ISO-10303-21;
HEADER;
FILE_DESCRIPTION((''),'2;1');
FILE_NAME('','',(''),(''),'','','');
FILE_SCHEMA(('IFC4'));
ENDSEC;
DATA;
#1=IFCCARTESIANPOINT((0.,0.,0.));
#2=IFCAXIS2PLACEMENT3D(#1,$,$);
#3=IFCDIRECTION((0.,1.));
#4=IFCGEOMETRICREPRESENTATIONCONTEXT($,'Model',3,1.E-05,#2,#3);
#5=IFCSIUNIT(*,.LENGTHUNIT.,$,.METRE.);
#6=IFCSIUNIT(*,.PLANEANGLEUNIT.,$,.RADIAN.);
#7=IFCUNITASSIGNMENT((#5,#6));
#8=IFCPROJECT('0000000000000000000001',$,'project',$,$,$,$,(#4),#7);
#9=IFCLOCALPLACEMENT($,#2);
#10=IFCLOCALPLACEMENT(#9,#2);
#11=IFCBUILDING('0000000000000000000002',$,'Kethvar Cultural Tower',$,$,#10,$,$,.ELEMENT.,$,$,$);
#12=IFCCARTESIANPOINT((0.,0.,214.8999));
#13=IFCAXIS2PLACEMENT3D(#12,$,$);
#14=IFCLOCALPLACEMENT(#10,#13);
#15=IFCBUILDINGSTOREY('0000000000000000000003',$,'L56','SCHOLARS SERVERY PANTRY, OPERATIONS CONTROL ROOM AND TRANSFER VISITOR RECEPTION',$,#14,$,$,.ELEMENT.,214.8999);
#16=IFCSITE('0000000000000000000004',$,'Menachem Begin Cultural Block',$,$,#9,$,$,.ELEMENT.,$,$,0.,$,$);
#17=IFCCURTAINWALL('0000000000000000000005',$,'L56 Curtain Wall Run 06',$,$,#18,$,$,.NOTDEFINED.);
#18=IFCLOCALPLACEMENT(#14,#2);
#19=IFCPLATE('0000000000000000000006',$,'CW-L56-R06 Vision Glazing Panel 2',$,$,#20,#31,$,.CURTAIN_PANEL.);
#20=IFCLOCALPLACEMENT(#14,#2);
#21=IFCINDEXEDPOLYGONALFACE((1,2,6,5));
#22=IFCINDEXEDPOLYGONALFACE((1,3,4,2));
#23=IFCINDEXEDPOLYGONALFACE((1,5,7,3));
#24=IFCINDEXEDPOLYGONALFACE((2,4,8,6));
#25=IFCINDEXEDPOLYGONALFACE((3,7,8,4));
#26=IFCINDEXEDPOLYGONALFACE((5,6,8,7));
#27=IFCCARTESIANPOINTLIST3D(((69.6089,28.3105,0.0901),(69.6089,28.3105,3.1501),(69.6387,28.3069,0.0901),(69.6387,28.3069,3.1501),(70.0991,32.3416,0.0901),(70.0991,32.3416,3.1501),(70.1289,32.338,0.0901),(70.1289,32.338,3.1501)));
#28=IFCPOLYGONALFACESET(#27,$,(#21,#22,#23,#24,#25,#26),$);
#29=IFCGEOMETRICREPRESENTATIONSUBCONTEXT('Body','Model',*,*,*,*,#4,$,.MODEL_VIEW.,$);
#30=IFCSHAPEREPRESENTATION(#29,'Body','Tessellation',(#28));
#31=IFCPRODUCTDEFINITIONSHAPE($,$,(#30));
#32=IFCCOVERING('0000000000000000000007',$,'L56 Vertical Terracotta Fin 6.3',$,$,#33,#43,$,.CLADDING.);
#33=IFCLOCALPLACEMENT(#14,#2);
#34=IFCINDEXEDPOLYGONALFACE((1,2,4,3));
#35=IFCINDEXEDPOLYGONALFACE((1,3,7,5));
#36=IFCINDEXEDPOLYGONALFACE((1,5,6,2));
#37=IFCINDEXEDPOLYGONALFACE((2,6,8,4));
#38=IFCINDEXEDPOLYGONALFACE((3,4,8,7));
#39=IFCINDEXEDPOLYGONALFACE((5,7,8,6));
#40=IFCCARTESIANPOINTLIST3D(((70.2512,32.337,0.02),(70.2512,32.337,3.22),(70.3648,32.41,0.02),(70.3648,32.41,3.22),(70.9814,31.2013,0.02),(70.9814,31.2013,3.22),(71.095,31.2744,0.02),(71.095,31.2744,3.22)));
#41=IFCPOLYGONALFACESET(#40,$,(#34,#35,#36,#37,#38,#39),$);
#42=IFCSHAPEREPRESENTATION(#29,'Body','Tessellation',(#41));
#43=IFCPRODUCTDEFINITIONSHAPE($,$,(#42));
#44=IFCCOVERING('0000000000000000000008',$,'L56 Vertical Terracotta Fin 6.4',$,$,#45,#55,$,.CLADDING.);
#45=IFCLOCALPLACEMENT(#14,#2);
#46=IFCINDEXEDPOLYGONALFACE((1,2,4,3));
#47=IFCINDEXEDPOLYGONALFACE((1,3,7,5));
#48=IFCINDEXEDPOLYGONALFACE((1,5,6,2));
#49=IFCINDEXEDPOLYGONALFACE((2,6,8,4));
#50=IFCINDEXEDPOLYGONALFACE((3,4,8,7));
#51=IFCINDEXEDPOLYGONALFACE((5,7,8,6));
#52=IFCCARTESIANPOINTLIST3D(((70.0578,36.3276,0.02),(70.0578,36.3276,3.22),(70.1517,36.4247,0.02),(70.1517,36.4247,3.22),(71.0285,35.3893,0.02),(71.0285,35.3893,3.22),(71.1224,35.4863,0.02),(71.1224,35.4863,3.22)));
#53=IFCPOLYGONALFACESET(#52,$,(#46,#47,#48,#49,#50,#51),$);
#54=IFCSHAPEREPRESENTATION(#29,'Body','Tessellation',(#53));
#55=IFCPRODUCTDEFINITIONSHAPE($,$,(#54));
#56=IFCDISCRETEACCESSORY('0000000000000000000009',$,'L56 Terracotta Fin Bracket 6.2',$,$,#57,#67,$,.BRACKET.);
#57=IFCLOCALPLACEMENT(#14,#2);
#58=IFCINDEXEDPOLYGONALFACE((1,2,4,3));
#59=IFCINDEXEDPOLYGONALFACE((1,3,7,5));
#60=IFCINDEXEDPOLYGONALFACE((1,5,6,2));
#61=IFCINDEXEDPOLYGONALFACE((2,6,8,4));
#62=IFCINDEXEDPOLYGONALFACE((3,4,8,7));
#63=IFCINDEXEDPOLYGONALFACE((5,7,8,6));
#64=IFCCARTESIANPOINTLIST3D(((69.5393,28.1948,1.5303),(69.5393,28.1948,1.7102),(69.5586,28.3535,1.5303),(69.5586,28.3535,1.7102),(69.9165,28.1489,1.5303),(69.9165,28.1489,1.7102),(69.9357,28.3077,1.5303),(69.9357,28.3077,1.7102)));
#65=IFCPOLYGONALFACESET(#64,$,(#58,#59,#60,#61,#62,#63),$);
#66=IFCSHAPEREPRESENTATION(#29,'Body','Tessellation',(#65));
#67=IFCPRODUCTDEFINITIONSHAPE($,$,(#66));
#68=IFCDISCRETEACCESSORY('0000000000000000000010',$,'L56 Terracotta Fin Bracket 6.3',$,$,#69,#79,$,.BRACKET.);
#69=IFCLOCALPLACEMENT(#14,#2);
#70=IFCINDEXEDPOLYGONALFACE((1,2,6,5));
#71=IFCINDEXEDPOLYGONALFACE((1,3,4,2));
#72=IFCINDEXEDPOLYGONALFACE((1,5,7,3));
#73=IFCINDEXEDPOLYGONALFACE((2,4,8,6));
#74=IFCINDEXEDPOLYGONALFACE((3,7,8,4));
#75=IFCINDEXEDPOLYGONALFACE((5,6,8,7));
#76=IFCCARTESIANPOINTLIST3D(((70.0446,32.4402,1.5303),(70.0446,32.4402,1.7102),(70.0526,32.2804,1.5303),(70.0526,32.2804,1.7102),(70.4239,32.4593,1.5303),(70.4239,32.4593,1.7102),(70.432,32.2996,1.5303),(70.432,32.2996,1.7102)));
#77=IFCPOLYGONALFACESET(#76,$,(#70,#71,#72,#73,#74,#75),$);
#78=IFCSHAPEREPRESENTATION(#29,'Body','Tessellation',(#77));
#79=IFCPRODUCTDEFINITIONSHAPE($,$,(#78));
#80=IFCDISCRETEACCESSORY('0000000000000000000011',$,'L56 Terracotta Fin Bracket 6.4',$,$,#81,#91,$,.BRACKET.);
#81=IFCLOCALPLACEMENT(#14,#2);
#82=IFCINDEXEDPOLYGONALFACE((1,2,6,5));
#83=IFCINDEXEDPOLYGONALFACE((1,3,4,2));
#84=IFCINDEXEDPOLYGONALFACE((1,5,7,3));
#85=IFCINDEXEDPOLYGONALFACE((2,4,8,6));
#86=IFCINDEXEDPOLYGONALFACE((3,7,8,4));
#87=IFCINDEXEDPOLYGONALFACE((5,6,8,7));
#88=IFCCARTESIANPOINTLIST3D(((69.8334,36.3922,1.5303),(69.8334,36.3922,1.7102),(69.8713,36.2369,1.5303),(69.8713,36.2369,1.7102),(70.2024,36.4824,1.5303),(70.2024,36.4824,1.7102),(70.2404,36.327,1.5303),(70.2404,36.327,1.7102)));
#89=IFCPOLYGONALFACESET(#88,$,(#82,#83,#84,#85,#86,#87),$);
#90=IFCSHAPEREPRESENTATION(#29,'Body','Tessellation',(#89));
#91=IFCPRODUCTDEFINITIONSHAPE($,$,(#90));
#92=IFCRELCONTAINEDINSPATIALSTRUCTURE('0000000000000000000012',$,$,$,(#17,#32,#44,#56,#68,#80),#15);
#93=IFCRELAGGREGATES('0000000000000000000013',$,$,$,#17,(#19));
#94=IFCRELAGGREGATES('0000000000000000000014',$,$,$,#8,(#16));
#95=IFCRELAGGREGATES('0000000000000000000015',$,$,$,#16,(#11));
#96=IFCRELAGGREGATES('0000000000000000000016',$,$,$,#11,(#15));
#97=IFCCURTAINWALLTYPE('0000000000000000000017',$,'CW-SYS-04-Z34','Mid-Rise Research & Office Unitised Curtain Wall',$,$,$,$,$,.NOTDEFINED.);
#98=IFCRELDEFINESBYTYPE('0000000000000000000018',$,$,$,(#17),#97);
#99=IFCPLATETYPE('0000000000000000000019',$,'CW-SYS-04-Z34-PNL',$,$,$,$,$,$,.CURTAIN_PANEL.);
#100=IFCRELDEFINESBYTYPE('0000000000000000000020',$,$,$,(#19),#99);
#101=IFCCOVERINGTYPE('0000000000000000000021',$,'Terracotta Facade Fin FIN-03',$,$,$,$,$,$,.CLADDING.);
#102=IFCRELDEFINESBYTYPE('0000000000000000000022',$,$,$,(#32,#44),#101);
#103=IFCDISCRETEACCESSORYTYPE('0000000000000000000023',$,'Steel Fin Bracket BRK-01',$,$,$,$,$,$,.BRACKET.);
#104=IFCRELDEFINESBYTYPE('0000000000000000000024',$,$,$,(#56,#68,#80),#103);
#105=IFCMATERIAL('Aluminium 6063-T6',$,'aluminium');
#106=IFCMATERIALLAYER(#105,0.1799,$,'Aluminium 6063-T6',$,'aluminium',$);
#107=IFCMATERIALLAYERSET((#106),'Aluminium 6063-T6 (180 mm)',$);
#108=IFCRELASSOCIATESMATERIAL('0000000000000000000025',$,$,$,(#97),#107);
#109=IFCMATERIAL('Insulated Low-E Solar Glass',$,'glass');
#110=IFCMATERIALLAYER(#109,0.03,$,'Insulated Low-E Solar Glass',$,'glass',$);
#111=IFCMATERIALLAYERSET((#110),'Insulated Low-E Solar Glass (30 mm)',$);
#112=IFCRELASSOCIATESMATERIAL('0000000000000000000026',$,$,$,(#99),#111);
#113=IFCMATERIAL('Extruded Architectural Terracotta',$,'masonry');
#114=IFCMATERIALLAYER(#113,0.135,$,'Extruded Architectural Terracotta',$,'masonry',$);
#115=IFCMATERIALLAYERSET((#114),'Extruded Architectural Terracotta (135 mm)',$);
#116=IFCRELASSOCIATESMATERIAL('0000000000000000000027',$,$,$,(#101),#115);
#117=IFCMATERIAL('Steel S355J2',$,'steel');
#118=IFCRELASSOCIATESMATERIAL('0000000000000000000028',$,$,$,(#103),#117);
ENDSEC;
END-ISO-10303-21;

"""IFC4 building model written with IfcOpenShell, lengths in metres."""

from ifc_helpers import new_model, si_unit, direction, frame, origin, origin_2d, place, context, subcontext, project, spatial, rectangle, extrude, source, transform, mapped, material, layer, layer_set, type_object, element, aggregate, save


model = new_model("IFC4")

# Units and contexts
model_context = context("Model", 3, precision=1e-05, world=origin(), true_north=direction((0.0, 1.0)))
body_context = subcontext(model_context, "Body", "Model", "MODEL_VIEW")
ifc_project = project(units=[si_unit("LENGTHUNIT", "METRE"), si_unit("PLANEANGLEUNIT", "RADIAN")], contexts=[model_context])

# Site, building, storey
site_placement = place(None, origin())
site = spatial("IfcSite", under=ifc_project, at=site_placement, Name="Menachem Begin Cultural Block", CompositionType="ELEMENT", RefElevation=0.0)
building_placement = place(site_placement, origin())
building = spatial("IfcBuilding", under=site, at=building_placement, Name="Kethvar Cultural Tower", CompositionType="ELEMENT")
storey_placement = place(building_placement, frame((0.0, 0.0, 214.8999)))
storey = spatial("IfcBuildingStorey", under=building, at=storey_placement, Name="L56", Description="SCHOLARS SERVERY PANTRY, OPERATIONS CONTROL ROOM AND TRANSFER VISITOR RECEPTION", CompositionType="ELEMENT", Elevation=214.8999)

# Shared definitions
ifc_material_1 = material(Name="Steel S355J2", Category="steel")

# Curtain wall, plate
ifc_material_2 = material(Name="Aluminium 6063-T6", Category="aluminium")
ifc_layer_1 = layer(ifc_material_2, 0.1799, Name="Aluminium 6063-T6", Category="aluminium")
ifc_layer_set_1 = layer_set([ifc_layer_1], Name="Aluminium 6063-T6 (180 mm)")
curtain_wall_type = type_object("IfcCurtainWallType", Name="CW-SYS-04-Z34", Description="Mid-Rise Research & Office Unitised Curtain Wall", PredefinedType="NOTDEFINED", material=ifc_layer_set_1)
curtain_wall_placement = place(storey_placement, origin())
curtain_wall = element("IfcCurtainWall", 1, at=curtain_wall_placement, inside=storey, type_object=curtain_wall_type, Name="L56 Curtain Wall Run 06", PredefinedType="NOTDEFINED")
ifc_material_3 = material(Name="Insulated Low-E Solar Glass", Category="glass")
ifc_layer_2 = layer(ifc_material_3, 0.03, Name="Insulated Low-E Solar Glass", Category="glass")
ifc_layer_set_2 = layer_set([ifc_layer_2], Name="Insulated Low-E Solar Glass (30 mm)")
plate_type = type_object("IfcPlateType", Name="CW-SYS-04-Z34-PNL", PredefinedType="CURTAIN_PANEL", material=ifc_layer_set_2)
shared_shape_1 = source(origin(), body_context, "Body", "SweptSolid", [
    extrude(rectangle(XDim=4.0608, YDim=0.03, at=origin_2d()), origin(), (0.0, 0.0, 1.0), 3.0601),
])
plate_1_placement = place(storey_placement, frame((69.8689, 30.3242, 0.0901), z_axis=(0.0, 0.0, 1.0), x_axis=(0.120709, 0.992688, 0.0)))
plate_1 = element("IfcPlate", 2, at=plate_1_placement, type_object=plate_type, Name="CW-L56-R06 Vision Glazing Panel 2", PredefinedType="CURTAIN_PANEL", context=body_context, shape_type="MappedRepresentation", body=[
    mapped(shared_shape_1, transform((0.0, 0.0, 0.0), scale=1.0)),
])
aggregate(curtain_wall, [plate_1])

# Coverings
ifc_material_4 = material(Name="Extruded Architectural Terracotta", Category="masonry")
ifc_layer_3 = layer(ifc_material_4, 0.135, Name="Extruded Architectural Terracotta", Category="masonry")
ifc_layer_set_3 = layer_set([ifc_layer_3], Name="Extruded Architectural Terracotta (135 mm)")
covering_type = type_object("IfcCoveringType", Name="Terracotta Facade Fin FIN-03", PredefinedType="CLADDING", material=ifc_layer_set_3)
shared_shape_2 = source(origin(), body_context, "Body", "SweptSolid", [
    extrude(rectangle(XDim=1.3501, YDim=0.135, at=origin_2d()), origin(), (0.0, 0.0, 1.0), 3.2),
])
for number, where, z_axis, x_axis, name in (
    (3, (70.6731, 31.8057, 0.02), (0.0, 0.0, 1.0), (0.540828, -0.841133, 0.0), "L56 Vertical Terracotta Fin 6.3"),
    (4, (70.5901, 35.907, 0.02), (0.0, 0.0, 1.0), (0.718976, -0.695035, 0.0), "L56 Vertical Terracotta Fin 6.4"),
):
    element("IfcCovering", number, at=place(storey_placement, frame(where, z_axis=z_axis, x_axis=x_axis)), inside=storey, type_object=covering_type, Name=name, PredefinedType="CLADDING", context=body_context, shape_type="MappedRepresentation", body=[
        mapped(shared_shape_2, transform((0.0, 0.0, 0.0), scale=1.0)),
    ])

# Discrete accessories
discrete_accessory_type = type_object("IfcDiscreteAccessoryType", Name="Steel Fin Bracket BRK-01", PredefinedType="BRACKET", material=ifc_material_1)
shared_shape_3 = source(origin(), body_context, "Body", "SweptSolid", [
    extrude(rectangle(XDim=0.3799, YDim=0.1599, at=origin_2d()), origin(), (0.0, 0.0, 1.0), 0.1799),
])
for number, where, z_axis, x_axis, name in (
    (5, (69.7375, 28.2512, 1.5303), (0.0, 0.0, 1.0), (0.992694, -0.120657, 0.0), "L56 Terracotta Fin Bracket 6.2"),
    (6, (70.2383, 32.3699, 1.5303), (0.0, 0.0, 1.0), (0.998728, 0.050419, 0.0), "L56 Terracotta Fin Bracket 6.3"),
    (7, (70.0369, 36.3596, 1.5303), (0.0, 0.0, 1.0), (0.971425, 0.237347, 0.0), "L56 Terracotta Fin Bracket 6.4"),
):
    element("IfcDiscreteAccessory", number, at=place(storey_placement, frame(where, z_axis=z_axis, x_axis=x_axis)), inside=storey, type_object=discrete_accessory_type, Name=name, PredefinedType="BRACKET", context=body_context, shape_type="MappedRepresentation", body=[
        mapped(shared_shape_3, transform((0.0, 0.0, 0.0), scale=1.0)),
    ])

save(model, "model.ifc")
